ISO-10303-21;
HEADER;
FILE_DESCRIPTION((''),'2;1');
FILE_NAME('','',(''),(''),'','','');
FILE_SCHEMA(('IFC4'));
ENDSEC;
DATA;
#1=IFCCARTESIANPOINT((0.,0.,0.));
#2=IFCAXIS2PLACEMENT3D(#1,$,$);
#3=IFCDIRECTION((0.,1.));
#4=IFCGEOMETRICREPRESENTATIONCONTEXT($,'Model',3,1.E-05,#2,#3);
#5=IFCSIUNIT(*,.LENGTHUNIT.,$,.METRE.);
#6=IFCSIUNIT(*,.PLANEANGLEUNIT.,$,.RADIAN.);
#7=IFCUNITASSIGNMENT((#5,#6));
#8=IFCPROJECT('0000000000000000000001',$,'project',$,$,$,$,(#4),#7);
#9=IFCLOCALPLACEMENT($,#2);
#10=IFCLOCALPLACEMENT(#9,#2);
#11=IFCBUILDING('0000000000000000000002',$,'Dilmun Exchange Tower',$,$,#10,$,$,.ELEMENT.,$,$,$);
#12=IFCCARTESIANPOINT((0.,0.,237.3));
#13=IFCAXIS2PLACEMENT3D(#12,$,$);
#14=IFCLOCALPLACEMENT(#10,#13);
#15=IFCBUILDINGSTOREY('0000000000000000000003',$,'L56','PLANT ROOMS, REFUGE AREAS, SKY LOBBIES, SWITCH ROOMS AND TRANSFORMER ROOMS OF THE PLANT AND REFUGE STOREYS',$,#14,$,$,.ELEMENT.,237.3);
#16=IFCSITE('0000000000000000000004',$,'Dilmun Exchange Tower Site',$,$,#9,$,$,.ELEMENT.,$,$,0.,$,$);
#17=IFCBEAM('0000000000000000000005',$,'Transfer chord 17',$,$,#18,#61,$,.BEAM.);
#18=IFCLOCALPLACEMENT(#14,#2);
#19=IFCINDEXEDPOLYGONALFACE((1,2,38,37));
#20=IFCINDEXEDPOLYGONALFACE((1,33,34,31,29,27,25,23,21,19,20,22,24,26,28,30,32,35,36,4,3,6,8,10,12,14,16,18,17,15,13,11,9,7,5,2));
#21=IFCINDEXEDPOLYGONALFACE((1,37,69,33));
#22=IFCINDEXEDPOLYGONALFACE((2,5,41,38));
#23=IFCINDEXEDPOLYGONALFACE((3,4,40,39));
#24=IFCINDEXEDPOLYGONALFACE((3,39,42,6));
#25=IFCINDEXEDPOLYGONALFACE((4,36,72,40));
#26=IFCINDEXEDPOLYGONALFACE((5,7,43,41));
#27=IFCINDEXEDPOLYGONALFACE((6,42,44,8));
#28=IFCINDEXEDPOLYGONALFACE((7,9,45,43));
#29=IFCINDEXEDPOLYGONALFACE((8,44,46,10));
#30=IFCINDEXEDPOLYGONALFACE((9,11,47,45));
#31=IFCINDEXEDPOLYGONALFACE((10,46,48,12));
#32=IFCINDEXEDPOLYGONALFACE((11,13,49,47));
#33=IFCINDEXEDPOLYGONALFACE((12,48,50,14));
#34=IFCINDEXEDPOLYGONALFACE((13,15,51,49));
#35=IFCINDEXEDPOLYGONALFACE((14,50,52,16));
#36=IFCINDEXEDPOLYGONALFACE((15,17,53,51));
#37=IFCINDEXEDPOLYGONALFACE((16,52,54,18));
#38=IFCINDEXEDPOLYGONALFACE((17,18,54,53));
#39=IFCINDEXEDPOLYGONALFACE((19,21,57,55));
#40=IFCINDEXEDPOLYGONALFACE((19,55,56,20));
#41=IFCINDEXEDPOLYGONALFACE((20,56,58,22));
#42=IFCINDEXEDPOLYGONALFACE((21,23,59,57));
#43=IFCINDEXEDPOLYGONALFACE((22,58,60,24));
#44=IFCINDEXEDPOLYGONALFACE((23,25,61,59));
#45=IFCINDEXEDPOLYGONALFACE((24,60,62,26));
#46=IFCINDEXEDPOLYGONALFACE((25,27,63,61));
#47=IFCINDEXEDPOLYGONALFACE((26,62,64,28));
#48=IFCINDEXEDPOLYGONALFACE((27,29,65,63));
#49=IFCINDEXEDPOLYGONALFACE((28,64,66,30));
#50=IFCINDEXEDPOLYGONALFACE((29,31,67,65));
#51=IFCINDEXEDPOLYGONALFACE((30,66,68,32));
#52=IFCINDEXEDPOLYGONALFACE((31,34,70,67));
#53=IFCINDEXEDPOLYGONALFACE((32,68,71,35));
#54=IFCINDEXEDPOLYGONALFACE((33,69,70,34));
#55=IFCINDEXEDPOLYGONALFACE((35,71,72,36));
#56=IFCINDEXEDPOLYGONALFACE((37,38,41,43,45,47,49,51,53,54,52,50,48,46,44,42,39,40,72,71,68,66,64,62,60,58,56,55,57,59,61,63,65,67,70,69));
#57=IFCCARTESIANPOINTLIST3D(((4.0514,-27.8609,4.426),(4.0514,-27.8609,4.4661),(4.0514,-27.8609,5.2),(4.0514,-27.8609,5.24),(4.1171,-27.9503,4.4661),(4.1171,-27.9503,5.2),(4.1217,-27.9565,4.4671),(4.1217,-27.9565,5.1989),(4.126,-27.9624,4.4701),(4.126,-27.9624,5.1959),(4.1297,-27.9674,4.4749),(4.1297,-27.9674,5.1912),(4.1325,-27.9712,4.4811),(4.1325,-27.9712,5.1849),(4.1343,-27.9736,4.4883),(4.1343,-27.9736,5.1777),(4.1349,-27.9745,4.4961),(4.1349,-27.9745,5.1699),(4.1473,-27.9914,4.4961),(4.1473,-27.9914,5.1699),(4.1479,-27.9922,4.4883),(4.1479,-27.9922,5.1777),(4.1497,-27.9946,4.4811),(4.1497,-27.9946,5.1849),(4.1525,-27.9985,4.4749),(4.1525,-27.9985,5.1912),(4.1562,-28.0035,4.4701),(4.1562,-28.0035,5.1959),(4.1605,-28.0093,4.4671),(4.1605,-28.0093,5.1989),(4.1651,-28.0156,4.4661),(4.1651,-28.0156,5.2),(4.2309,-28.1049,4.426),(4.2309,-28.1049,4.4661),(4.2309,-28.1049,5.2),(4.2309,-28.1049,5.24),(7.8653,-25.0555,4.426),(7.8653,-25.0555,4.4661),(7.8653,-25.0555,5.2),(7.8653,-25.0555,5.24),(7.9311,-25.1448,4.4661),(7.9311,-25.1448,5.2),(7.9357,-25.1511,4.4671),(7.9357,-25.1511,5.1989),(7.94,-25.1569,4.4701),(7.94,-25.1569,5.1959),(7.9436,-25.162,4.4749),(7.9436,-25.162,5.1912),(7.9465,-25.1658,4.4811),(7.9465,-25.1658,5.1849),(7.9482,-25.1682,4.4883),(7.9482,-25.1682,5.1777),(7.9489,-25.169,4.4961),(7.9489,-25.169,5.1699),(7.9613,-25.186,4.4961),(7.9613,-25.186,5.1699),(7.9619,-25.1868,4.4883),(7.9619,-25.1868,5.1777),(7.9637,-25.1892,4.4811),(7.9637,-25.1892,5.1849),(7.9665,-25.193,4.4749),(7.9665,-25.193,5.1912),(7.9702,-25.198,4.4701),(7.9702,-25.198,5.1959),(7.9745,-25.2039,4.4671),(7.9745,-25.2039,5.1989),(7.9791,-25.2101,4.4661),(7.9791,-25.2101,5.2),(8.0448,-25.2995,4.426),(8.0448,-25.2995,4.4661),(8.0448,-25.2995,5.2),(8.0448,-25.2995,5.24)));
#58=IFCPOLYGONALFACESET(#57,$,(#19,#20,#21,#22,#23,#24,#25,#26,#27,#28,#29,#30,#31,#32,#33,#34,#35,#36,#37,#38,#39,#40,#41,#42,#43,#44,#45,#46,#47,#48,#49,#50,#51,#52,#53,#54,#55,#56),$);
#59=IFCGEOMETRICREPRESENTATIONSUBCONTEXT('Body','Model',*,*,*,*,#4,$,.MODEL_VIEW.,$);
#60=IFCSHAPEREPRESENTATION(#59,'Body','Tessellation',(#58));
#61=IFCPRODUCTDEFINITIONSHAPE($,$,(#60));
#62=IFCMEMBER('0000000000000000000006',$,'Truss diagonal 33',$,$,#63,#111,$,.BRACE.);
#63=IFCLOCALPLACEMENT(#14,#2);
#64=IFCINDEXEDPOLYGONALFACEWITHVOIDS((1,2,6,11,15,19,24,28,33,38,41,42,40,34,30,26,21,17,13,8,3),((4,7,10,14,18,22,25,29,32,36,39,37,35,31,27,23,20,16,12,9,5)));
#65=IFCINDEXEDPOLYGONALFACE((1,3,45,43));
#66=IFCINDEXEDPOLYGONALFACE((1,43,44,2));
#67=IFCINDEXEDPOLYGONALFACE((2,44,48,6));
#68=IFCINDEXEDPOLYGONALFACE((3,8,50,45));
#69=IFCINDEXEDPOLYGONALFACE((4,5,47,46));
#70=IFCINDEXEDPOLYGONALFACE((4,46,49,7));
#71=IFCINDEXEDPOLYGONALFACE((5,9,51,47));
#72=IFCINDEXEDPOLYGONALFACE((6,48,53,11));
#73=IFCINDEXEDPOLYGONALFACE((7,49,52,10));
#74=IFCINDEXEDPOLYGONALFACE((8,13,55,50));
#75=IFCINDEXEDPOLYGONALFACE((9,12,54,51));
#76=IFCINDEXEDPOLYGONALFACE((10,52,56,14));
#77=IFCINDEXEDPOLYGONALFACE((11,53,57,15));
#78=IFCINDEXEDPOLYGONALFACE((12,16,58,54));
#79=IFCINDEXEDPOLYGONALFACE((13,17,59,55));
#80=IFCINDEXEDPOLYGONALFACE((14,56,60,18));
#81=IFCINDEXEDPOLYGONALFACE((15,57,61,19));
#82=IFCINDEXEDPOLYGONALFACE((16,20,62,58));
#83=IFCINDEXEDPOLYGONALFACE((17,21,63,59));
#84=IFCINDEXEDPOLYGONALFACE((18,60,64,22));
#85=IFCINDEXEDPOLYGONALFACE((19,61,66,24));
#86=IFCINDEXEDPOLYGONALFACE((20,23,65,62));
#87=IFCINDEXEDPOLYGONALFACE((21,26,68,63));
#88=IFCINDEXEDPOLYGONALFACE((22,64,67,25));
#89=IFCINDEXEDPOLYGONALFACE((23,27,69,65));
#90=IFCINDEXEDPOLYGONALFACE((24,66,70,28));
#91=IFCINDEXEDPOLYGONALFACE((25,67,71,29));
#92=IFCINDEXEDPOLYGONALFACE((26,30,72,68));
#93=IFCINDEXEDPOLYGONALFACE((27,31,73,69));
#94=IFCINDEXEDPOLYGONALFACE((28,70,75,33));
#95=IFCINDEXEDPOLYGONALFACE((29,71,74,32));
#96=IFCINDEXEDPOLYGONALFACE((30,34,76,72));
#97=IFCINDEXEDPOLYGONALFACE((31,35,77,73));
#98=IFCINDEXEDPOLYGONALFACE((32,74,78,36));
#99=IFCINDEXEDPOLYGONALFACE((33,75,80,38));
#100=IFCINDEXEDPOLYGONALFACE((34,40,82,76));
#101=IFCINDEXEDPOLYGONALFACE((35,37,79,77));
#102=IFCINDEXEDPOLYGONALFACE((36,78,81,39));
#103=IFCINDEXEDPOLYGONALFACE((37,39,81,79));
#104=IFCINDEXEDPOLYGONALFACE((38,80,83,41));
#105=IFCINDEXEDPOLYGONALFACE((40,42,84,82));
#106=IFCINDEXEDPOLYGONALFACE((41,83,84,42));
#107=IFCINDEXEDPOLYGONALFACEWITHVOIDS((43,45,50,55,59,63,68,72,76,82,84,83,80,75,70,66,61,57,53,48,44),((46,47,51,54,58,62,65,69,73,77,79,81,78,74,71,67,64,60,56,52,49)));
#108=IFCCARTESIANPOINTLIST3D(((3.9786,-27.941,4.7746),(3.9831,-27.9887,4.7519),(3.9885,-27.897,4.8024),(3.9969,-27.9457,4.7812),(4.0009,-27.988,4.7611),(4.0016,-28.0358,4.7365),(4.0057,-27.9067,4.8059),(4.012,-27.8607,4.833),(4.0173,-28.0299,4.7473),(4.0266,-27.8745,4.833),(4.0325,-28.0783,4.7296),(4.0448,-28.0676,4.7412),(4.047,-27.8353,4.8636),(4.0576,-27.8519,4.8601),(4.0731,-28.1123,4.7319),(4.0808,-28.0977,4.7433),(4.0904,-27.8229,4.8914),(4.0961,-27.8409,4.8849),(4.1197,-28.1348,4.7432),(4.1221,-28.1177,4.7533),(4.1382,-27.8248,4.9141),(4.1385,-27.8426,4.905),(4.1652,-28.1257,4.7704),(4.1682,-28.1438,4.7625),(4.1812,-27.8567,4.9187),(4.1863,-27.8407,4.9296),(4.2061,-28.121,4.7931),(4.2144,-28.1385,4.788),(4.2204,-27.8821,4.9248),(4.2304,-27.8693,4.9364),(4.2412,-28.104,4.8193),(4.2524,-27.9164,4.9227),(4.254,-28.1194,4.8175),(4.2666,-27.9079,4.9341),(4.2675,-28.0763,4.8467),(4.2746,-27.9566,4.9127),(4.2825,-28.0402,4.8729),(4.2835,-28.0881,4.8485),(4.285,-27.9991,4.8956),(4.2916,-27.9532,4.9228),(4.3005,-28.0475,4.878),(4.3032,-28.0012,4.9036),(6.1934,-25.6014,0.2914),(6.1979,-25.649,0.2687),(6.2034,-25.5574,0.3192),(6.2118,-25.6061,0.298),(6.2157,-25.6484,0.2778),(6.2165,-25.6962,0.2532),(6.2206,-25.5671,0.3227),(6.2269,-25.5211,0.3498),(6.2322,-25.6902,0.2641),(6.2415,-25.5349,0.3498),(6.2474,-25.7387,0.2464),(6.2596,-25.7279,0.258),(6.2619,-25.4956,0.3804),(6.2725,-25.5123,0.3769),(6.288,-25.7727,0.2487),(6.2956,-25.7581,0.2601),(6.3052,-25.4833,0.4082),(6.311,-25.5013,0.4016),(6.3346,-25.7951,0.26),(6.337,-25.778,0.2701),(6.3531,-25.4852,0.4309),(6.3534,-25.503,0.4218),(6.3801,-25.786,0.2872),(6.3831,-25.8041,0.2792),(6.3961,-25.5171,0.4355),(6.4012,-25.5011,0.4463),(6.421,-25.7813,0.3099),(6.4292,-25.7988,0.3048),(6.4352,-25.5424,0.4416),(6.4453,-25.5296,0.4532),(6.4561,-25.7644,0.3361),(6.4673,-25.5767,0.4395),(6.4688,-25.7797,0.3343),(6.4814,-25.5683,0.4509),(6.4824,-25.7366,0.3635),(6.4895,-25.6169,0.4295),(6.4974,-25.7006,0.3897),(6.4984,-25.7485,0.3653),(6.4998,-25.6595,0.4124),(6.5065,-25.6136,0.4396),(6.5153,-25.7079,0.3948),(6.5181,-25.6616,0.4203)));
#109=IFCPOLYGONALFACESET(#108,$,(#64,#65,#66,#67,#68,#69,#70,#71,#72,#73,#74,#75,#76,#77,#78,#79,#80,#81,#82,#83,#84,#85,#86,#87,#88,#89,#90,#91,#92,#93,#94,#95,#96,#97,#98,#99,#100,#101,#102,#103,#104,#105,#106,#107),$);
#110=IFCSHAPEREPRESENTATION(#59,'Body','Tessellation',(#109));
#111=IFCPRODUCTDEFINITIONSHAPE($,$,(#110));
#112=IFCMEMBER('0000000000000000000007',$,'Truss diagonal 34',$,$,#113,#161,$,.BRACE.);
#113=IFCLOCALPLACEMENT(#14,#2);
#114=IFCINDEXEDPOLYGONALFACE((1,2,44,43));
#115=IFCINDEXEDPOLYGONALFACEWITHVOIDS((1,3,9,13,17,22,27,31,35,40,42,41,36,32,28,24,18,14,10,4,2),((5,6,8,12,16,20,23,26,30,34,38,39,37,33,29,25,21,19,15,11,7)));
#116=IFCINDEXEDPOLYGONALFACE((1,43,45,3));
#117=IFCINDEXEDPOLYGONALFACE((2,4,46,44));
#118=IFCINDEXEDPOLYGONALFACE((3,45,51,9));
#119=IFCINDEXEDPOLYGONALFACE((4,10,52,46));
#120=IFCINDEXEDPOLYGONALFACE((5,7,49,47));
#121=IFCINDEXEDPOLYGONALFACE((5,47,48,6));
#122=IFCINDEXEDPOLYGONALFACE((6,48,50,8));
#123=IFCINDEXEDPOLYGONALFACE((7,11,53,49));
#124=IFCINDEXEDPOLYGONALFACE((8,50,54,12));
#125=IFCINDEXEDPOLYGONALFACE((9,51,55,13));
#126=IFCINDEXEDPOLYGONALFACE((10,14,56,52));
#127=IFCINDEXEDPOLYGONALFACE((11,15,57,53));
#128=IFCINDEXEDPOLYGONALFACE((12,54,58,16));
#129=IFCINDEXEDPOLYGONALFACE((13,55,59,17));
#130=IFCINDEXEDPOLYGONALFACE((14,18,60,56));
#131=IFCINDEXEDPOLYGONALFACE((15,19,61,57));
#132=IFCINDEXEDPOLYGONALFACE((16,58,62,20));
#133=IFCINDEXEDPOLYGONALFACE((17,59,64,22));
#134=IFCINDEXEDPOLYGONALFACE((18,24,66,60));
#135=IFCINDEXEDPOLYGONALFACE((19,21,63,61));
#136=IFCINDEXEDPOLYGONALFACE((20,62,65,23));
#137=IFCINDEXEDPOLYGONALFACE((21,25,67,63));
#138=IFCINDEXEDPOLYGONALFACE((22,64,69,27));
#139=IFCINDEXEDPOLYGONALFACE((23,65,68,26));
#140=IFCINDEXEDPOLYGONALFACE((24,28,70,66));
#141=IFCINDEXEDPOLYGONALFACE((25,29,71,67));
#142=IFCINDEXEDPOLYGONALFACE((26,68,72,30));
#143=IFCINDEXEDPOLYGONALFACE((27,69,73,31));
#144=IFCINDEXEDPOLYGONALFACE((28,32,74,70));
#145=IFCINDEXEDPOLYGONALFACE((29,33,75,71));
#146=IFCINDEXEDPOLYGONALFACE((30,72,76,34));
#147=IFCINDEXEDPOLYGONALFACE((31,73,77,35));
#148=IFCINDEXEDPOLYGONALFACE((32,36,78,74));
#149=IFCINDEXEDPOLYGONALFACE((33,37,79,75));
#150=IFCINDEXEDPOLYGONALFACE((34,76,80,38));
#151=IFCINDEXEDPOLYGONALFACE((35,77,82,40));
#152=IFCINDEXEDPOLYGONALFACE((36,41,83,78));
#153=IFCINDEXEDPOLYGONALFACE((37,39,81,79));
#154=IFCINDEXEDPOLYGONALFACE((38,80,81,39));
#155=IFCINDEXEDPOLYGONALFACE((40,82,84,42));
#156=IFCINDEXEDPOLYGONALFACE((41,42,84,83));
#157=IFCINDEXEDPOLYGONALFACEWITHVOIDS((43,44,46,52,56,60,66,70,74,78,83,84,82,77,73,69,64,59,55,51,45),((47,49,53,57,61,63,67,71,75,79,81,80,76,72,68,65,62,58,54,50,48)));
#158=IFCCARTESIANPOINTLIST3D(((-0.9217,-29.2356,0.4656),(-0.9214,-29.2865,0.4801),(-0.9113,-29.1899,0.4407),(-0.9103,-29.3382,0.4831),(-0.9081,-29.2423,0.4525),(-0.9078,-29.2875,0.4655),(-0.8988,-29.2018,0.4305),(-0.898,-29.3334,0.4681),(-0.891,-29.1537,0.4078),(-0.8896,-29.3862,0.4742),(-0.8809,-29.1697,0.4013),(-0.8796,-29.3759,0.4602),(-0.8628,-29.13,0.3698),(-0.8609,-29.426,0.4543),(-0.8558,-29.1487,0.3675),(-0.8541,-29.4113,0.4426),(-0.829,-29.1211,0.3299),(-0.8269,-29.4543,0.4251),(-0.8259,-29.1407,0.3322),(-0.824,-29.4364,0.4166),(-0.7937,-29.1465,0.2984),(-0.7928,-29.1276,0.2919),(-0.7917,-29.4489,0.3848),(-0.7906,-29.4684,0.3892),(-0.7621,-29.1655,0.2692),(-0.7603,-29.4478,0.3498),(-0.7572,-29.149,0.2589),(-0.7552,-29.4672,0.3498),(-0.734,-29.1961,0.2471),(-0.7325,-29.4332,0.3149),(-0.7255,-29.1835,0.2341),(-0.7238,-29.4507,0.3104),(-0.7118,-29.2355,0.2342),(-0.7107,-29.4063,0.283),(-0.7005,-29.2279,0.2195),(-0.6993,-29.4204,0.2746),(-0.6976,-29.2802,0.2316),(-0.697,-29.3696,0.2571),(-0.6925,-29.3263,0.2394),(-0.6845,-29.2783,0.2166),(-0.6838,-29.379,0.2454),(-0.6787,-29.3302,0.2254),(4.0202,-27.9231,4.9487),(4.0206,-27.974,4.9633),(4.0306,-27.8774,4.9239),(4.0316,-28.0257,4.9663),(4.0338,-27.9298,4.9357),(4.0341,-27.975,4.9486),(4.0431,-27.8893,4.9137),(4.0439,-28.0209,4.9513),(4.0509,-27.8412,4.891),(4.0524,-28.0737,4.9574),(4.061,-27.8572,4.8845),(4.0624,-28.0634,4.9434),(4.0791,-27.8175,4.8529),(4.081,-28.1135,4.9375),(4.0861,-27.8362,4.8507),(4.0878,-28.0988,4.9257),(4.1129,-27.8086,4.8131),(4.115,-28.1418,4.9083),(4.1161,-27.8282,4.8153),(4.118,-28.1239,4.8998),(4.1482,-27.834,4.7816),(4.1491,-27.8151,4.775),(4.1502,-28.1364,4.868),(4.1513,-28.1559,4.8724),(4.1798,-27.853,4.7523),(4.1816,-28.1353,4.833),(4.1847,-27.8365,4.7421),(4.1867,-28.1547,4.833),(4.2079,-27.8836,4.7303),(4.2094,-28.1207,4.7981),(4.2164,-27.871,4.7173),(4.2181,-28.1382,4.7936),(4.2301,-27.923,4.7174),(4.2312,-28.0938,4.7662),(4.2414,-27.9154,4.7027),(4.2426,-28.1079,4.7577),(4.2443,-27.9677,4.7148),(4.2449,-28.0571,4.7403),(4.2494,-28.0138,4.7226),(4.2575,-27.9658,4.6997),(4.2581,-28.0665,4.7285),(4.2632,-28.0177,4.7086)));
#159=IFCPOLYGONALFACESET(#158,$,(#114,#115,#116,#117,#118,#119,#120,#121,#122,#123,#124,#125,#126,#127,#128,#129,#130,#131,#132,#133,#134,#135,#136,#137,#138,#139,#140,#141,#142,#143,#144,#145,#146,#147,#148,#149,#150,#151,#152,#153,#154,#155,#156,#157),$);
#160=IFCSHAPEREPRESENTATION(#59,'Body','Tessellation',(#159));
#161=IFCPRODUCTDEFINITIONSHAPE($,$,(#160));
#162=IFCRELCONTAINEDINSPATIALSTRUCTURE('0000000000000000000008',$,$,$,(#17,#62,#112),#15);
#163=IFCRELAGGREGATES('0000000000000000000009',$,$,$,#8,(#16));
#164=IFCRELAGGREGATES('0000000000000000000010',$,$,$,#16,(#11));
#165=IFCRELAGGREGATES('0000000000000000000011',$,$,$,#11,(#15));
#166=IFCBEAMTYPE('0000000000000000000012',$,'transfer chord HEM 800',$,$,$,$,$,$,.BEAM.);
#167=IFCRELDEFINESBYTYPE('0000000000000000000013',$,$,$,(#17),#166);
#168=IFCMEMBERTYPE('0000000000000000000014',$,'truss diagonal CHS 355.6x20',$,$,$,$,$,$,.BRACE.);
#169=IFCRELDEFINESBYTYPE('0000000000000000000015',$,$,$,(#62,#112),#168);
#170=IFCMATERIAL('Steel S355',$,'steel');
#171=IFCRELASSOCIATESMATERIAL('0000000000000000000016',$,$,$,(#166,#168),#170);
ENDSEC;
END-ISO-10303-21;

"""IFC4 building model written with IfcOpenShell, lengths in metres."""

from ifc_helpers import new_model, si_unit, direction, frame, origin, origin_2d, place, context, subcontext, project, spatial, hollow_circle, i_section, extrude, material, material_profile, profile_set, type_object, element, save


model = new_model("IFC4")

# Units and contexts
model_context = context("Model", 3, precision=1e-05, world=origin(), true_north=direction((0.0, 1.0)))
body_context = subcontext(model_context, "Body", "Model", "MODEL_VIEW")
ifc_project = project(units=[si_unit("LENGTHUNIT", "METRE"), si_unit("PLANEANGLEUNIT", "RADIAN")], contexts=[model_context])

# Site, building, storey
site_placement = place(None, origin())
site = spatial("IfcSite", under=ifc_project, at=site_placement, Name="Dilmun Exchange Tower Site", CompositionType="ELEMENT", RefElevation=0.0)
building_placement = place(site_placement, origin())
building = spatial("IfcBuilding", under=site, at=building_placement, Name="Dilmun Exchange Tower", CompositionType="ELEMENT")
storey_placement = place(building_placement, frame((0.0, 0.0, 237.3)))
storey = spatial("IfcBuildingStorey", under=building, at=storey_placement, Name="L56", Description="PLANT ROOMS, REFUGE AREAS, SKY LOBBIES, SWITCH ROOMS AND TRANSFORMER ROOMS OF THE PLANT AND REFUGE STOREYS", CompositionType="ELEMENT", Elevation=237.3)

# Shared definitions
ifc_material_1 = material(Name="Steel S355", Category="steel")

# Beam
ifc_material_profile_1 = material_profile(ifc_material_1, i_section(OverallWidth=0.303, OverallDepth=0.814, WebThickness=0.021, FlangeThickness=0.04, FilletRadius=0.03, at=origin_2d()), Name="HEM 800")
ifc_profile_set_1 = profile_set([ifc_material_profile_1], Name="Steel S355")
beam_type_1 = type_object("IfcBeamType", Name="transfer chord HEM 800", PredefinedType="BEAM", material=ifc_profile_set_1)
beam_1_placement = place(storey_placement, frame((4.1411, -27.9829, 4.833), z_axis=(0.805547, 0.592532, 0.0), x_axis=(-0.592532, 0.805547, 0.0)))
element("IfcBeam", 1, at=beam_1_placement, inside=storey, type_object=beam_type_1, Name="Transfer chord 17", PredefinedType="BEAM", context=body_context, shape_type="SweptSolid", body=[
    extrude(i_section(OverallWidth=0.303, OverallDepth=0.814, WebThickness=0.021, FlangeThickness=0.04, FilletRadius=0.03, at=origin_2d()), origin(), (0.0, 0.0, 1.0), 4.7346),
])

# Members
ifc_material_profile_2 = material_profile(ifc_material_1, hollow_circle(Radius=0.1777, WallThickness=0.02, at=origin_2d()), Name="CHS 355.6x20")
ifc_profile_set_2 = profile_set([ifc_material_profile_2], Name="Steel S355")
member_type_1 = type_object("IfcMemberType", Name="truss diagonal CHS 355.6x20", PredefinedType="BRACE", material=ifc_profile_set_2)
member_1_placement = place(storey_placement, frame((4.1411, -27.9829, 4.833), z_axis=(0.40119, 0.423788, -0.812065), x_axis=(-0.726204, 0.68748, 0.0)))
element("IfcMember", 2, at=member_1_placement, inside=storey, type_object=member_type_1, Name="Truss diagonal 33", PredefinedType="BRACE", context=body_context, shape_type="SweptSolid", body=[
    extrude(hollow_circle(Radius=0.1777, WallThickness=0.02, at=origin_2d()), origin(), (0.0, 0.0, 1.0), 5.5208),
])
member_2_placement = place(storey_placement, frame((4.1411, -27.9829, 4.833), z_axis=(-0.726721, -0.193007, -0.659261), x_axis=(0.256688, -0.966494, 0.0)))
element("IfcMember", 3, at=member_2_placement, inside=storey, type_object=member_type_1, Name="Truss diagonal 34", PredefinedType="BRACE", context=body_context, shape_type="SweptSolid", body=[
    extrude(hollow_circle(Radius=0.1777, WallThickness=0.02, at=origin_2d()), origin(), (0.0, 0.0, 1.0), 6.8003),
])

save(model, "model.ifc")
